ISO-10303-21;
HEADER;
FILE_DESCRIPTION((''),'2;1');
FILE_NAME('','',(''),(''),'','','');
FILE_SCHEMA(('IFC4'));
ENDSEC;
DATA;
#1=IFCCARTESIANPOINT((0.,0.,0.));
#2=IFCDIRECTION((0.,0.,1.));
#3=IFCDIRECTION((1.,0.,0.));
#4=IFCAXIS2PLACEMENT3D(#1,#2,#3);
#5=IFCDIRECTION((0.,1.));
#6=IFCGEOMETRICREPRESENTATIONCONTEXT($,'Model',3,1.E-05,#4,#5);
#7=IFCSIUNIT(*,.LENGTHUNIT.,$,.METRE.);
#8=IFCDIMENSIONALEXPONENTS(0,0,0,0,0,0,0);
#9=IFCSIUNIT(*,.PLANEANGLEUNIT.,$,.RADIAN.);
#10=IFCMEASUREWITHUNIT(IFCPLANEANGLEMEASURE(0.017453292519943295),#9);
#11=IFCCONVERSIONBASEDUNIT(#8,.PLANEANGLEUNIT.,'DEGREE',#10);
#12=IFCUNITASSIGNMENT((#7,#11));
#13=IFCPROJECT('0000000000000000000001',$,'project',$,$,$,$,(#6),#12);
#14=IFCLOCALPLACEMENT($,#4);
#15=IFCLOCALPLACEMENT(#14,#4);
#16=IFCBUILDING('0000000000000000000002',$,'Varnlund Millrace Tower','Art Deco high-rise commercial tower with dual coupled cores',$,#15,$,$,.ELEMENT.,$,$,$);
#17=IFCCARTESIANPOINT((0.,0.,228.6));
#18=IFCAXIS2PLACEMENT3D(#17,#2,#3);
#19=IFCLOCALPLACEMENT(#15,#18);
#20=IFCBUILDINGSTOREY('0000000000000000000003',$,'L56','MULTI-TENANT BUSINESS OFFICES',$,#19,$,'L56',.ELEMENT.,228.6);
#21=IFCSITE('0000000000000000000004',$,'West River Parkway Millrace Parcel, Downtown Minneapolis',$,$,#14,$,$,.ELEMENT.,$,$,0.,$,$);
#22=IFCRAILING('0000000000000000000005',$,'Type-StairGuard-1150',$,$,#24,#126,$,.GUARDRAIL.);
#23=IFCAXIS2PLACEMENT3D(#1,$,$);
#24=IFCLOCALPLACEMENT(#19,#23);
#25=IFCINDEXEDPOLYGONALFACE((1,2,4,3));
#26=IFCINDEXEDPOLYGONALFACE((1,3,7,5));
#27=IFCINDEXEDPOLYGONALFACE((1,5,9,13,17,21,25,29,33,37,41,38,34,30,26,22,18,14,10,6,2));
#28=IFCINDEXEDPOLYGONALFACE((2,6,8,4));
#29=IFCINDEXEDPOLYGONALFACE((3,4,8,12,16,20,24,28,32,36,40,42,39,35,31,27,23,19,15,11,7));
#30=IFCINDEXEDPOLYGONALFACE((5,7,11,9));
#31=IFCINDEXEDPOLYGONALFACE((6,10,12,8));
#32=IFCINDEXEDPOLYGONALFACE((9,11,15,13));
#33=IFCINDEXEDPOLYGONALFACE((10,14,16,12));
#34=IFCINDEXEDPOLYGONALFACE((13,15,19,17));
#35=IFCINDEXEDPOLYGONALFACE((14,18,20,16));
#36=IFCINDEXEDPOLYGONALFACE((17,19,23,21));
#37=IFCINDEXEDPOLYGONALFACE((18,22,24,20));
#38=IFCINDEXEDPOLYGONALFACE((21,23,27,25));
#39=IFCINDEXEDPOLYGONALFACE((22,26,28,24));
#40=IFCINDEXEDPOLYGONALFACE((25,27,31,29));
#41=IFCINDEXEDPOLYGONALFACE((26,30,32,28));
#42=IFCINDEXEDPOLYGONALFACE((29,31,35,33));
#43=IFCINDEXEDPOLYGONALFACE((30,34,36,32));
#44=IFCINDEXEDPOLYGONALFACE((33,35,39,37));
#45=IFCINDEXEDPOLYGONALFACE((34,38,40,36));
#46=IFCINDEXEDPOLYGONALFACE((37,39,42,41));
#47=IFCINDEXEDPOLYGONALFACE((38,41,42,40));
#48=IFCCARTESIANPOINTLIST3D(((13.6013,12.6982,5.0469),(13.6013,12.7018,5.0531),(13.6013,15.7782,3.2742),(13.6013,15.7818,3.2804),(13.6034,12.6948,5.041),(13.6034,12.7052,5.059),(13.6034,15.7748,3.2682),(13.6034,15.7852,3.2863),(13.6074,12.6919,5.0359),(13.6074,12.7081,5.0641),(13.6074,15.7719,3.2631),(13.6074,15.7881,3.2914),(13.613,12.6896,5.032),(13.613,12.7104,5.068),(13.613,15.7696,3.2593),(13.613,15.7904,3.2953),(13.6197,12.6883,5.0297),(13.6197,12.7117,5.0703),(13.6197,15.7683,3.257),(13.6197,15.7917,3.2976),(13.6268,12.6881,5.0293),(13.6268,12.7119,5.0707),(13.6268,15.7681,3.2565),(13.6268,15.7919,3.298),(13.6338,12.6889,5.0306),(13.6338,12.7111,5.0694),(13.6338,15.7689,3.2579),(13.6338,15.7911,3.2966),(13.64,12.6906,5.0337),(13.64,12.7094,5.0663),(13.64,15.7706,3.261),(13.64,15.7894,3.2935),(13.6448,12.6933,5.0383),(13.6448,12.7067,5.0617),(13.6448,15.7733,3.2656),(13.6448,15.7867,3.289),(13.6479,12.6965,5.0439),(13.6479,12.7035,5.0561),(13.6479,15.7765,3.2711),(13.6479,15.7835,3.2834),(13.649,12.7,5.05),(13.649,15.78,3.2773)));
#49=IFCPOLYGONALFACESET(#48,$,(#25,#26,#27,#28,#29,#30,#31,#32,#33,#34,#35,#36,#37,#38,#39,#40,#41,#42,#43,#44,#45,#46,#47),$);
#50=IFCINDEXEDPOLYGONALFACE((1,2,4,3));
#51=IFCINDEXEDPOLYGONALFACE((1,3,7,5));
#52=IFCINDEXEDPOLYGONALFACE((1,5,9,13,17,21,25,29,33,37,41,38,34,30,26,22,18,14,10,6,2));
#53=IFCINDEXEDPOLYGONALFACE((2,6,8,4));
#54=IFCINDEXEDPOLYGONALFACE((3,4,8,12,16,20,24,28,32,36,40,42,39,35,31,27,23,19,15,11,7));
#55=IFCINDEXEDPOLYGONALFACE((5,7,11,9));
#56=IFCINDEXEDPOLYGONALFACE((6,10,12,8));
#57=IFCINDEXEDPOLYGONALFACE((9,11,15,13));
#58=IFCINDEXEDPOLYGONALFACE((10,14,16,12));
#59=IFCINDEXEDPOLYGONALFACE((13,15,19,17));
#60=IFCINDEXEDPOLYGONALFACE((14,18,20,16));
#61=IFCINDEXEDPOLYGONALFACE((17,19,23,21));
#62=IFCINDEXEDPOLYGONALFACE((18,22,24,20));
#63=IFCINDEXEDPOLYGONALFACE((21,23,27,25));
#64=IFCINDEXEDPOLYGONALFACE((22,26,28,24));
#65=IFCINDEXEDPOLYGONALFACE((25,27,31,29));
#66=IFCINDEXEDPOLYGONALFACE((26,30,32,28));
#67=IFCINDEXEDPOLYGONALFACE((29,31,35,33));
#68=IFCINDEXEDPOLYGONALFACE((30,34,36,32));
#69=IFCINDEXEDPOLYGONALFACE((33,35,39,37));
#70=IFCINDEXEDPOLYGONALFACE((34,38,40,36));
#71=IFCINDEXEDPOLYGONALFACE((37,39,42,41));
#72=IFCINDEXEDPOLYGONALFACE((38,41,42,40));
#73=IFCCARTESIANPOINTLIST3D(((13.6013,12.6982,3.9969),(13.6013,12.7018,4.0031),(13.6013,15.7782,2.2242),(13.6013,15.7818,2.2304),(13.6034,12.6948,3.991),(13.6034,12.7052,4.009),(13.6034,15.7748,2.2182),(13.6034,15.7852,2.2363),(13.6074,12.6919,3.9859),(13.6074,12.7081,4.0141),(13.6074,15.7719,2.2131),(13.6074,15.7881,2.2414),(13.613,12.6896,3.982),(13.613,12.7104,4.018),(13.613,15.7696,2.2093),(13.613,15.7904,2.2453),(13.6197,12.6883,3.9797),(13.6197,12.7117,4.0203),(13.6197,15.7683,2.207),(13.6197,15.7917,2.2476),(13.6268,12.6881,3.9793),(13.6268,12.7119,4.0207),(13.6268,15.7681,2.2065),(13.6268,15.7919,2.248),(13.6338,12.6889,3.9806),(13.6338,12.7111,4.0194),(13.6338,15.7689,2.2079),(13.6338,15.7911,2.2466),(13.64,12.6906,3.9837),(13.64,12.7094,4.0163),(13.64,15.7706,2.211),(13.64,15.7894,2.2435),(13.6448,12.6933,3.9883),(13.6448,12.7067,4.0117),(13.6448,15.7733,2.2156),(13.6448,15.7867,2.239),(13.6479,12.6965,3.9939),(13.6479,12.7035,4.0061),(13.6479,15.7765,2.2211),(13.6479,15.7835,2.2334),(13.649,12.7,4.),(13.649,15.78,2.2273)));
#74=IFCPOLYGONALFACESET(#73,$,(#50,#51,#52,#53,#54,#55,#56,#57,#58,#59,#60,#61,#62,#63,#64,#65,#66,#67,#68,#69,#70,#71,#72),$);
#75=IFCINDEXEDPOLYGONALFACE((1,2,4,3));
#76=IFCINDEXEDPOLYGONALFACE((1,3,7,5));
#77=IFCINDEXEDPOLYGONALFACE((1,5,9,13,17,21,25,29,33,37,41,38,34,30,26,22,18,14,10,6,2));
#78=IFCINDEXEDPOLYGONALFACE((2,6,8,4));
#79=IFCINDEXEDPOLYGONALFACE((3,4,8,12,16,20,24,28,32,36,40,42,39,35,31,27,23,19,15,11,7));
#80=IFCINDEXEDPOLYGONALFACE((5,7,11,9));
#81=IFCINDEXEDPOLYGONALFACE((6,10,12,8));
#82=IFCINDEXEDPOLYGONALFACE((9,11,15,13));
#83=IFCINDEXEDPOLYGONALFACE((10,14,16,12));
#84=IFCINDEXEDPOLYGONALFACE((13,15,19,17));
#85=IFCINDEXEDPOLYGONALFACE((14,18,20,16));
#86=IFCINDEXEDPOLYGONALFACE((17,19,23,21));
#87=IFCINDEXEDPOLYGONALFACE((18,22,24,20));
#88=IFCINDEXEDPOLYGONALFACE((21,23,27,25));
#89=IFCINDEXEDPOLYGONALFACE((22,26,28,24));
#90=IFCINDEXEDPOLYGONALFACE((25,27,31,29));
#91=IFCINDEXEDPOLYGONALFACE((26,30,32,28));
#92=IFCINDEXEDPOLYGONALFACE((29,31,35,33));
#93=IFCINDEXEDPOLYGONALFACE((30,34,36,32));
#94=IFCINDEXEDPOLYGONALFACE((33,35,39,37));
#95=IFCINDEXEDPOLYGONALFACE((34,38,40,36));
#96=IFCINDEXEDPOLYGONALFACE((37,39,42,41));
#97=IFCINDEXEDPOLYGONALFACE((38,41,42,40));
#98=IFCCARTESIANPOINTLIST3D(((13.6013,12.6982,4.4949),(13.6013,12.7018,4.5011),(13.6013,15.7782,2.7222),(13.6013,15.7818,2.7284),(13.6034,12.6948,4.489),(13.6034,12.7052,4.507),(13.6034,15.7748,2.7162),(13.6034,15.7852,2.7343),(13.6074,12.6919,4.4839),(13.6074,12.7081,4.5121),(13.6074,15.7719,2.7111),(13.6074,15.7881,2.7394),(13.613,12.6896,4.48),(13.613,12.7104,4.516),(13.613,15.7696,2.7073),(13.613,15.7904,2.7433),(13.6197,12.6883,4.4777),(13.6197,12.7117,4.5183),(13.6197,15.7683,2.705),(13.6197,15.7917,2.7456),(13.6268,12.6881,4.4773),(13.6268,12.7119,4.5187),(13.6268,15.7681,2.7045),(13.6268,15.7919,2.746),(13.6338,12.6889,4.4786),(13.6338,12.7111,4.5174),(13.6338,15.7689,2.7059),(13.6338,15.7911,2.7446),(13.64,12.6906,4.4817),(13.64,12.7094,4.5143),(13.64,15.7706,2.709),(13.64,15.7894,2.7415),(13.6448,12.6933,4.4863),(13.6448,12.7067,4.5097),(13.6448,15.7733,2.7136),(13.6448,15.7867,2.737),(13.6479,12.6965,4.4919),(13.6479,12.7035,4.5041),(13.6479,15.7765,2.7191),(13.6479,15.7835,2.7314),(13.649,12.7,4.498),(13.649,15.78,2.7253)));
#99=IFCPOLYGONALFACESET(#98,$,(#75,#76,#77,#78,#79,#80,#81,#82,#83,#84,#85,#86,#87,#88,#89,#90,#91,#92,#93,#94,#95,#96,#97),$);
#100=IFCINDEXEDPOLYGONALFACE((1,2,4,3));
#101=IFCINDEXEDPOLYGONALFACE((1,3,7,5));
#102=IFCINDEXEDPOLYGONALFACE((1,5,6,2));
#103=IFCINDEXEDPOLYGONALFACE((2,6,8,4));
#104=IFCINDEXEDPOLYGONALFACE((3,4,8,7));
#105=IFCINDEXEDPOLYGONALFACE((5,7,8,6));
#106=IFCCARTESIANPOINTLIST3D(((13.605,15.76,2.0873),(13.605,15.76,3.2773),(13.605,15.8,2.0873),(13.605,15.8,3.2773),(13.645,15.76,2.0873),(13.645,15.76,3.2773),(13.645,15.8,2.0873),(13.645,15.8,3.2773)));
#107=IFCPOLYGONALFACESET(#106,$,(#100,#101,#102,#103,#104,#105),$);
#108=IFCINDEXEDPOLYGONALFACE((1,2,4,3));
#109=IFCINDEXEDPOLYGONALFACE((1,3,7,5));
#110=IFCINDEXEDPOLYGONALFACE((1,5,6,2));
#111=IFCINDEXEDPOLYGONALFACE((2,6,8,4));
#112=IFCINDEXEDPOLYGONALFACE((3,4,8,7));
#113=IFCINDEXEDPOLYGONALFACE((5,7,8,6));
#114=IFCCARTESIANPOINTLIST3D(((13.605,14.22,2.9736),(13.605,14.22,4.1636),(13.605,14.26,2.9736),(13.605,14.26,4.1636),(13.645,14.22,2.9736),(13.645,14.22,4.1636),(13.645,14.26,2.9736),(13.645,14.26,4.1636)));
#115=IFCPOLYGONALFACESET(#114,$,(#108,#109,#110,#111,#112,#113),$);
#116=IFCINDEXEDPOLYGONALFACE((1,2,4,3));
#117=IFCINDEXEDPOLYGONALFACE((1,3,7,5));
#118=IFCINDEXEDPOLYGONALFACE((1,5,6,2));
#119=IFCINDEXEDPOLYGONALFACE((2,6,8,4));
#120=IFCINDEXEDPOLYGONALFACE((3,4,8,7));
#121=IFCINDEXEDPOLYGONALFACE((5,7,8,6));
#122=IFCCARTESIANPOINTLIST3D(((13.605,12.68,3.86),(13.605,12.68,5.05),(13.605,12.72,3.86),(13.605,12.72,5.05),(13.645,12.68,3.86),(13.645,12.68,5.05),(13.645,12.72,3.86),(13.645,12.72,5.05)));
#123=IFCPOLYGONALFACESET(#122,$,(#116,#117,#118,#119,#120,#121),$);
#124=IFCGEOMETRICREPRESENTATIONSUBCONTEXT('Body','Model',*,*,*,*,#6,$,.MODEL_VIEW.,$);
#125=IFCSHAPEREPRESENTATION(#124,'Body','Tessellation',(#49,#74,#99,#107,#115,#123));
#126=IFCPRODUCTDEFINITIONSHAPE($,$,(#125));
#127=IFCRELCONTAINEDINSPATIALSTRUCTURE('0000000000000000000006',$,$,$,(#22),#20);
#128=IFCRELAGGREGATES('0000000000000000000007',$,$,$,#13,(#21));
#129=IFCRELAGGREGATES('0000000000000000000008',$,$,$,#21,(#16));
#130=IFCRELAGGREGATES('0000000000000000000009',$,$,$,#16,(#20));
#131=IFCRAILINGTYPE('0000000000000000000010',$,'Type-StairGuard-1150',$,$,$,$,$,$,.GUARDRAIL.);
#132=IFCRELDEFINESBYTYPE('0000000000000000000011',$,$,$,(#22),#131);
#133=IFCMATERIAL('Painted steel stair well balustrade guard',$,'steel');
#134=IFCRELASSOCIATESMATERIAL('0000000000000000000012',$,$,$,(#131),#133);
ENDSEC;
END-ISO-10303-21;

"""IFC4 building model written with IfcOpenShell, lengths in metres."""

from ifc_helpers import new_model, entity, si_unit, converted_unit, direction, frame, origin_with_axes, origin_2d_with_axis, place, context, subcontext, project, spatial, rectangle, circle, extrude, material, type_object, element, save


model = new_model("IFC4")

# Units and contexts
model_context = context("Model", 3, precision=1e-05, world=origin_with_axes(), true_north=direction((0.0, 1.0)))
body_context = subcontext(model_context, "Body", "Model", "MODEL_VIEW")
ifc_project = project(units=[si_unit("LENGTHUNIT", "METRE"), converted_unit("PLANEANGLEUNIT", "DEGREE", entity("IfcPlaneAngleMeasure", 0.017453292519943295), si_unit("PLANEANGLEUNIT", "RADIAN"), dimensions=[0, 0, 0, 0, 0, 0, 0])], contexts=[model_context])

# Site, building, storey
site_placement = place(None, origin_with_axes())
site = spatial("IfcSite", under=ifc_project, at=site_placement, Name="West River Parkway Millrace Parcel, Downtown Minneapolis", CompositionType="ELEMENT", RefElevation=0.0)
building_placement = place(site_placement, origin_with_axes())
building = spatial("IfcBuilding", under=site, at=building_placement, Name="Varnlund Millrace Tower", Description="Art Deco high-rise commercial tower with dual coupled cores", CompositionType="ELEMENT")
storey_placement = place(building_placement, frame((0.0, 0.0, 228.6), z_axis=(0.0, 0.0, 1.0), x_axis=(1.0, 0.0, 0.0)))
storey = spatial("IfcBuildingStorey", under=building, at=storey_placement, Name="L56", Description="MULTI-TENANT BUSINESS OFFICES", LongName="L56", CompositionType="ELEMENT", Elevation=228.6)

# Railing
ifc_material_1 = material(Name="Painted steel stair well balustrade guard", Category="steel")
railing_type_1 = type_object("IfcRailingType", Name="Type-StairGuard-1150", PredefinedType="GUARDRAIL", material=ifc_material_1)
railing_1_placement = place(storey_placement, frame((0.0, 0.0, -228.6), z_axis=(0.0, 0.0, 1.0), x_axis=(1.0, 0.0, 0.0)))
element("IfcRailing", 1, at=railing_1_placement, inside=storey, type_object=railing_type_1, Name="Type-StairGuard-1150", PredefinedType="GUARDRAIL", context=body_context, shape_type="SweptSolid", body=[
    extrude(circle(Radius=0.024, at=origin_2d_with_axis()), frame((13.625, 15.78, 231.8773), z_axis=(0.0, -0.866696, 0.498836), x_axis=(1.0, 0.0, 0.0)), (0.0, 0.0, 1.0), 3.5537),
    extrude(circle(Radius=0.024, at=origin_2d_with_axis()), frame((13.625, 15.78, 230.8273), z_axis=(0.0, -0.866696, 0.498836), x_axis=(1.0, 0.0, 0.0)), (0.0, 0.0, 1.0), 3.5537),
    extrude(circle(Radius=0.024, at=origin_2d_with_axis()), frame((13.625, 15.78, 231.3253), z_axis=(0.0, -0.866696, 0.498836), x_axis=(1.0, 0.0, 0.0)), (0.0, 0.0, 1.0), 3.5537),
    extrude(rectangle(XDim=0.04, YDim=0.04, at=origin_2d_with_axis()), frame((13.625, 15.78, 230.6873), z_axis=(0.0, 0.0, 1.0), x_axis=(1.0, 0.0, 0.0)), (0.0, 0.0, 1.0), 1.19),
    extrude(rectangle(XDim=0.04, YDim=0.04, at=origin_2d_with_axis()), frame((13.625, 14.24, 231.5736), z_axis=(0.0, 0.0, 1.0), x_axis=(1.0, 0.0, 0.0)), (0.0, 0.0, 1.0), 1.19),
    extrude(rectangle(XDim=0.04, YDim=0.04, at=origin_2d_with_axis()), frame((13.625, 12.7, 232.46), z_axis=(0.0, 0.0, 1.0), x_axis=(1.0, 0.0, 0.0)), (0.0, 0.0, 1.0), 1.19),
])

save(model, "model.ifc")
